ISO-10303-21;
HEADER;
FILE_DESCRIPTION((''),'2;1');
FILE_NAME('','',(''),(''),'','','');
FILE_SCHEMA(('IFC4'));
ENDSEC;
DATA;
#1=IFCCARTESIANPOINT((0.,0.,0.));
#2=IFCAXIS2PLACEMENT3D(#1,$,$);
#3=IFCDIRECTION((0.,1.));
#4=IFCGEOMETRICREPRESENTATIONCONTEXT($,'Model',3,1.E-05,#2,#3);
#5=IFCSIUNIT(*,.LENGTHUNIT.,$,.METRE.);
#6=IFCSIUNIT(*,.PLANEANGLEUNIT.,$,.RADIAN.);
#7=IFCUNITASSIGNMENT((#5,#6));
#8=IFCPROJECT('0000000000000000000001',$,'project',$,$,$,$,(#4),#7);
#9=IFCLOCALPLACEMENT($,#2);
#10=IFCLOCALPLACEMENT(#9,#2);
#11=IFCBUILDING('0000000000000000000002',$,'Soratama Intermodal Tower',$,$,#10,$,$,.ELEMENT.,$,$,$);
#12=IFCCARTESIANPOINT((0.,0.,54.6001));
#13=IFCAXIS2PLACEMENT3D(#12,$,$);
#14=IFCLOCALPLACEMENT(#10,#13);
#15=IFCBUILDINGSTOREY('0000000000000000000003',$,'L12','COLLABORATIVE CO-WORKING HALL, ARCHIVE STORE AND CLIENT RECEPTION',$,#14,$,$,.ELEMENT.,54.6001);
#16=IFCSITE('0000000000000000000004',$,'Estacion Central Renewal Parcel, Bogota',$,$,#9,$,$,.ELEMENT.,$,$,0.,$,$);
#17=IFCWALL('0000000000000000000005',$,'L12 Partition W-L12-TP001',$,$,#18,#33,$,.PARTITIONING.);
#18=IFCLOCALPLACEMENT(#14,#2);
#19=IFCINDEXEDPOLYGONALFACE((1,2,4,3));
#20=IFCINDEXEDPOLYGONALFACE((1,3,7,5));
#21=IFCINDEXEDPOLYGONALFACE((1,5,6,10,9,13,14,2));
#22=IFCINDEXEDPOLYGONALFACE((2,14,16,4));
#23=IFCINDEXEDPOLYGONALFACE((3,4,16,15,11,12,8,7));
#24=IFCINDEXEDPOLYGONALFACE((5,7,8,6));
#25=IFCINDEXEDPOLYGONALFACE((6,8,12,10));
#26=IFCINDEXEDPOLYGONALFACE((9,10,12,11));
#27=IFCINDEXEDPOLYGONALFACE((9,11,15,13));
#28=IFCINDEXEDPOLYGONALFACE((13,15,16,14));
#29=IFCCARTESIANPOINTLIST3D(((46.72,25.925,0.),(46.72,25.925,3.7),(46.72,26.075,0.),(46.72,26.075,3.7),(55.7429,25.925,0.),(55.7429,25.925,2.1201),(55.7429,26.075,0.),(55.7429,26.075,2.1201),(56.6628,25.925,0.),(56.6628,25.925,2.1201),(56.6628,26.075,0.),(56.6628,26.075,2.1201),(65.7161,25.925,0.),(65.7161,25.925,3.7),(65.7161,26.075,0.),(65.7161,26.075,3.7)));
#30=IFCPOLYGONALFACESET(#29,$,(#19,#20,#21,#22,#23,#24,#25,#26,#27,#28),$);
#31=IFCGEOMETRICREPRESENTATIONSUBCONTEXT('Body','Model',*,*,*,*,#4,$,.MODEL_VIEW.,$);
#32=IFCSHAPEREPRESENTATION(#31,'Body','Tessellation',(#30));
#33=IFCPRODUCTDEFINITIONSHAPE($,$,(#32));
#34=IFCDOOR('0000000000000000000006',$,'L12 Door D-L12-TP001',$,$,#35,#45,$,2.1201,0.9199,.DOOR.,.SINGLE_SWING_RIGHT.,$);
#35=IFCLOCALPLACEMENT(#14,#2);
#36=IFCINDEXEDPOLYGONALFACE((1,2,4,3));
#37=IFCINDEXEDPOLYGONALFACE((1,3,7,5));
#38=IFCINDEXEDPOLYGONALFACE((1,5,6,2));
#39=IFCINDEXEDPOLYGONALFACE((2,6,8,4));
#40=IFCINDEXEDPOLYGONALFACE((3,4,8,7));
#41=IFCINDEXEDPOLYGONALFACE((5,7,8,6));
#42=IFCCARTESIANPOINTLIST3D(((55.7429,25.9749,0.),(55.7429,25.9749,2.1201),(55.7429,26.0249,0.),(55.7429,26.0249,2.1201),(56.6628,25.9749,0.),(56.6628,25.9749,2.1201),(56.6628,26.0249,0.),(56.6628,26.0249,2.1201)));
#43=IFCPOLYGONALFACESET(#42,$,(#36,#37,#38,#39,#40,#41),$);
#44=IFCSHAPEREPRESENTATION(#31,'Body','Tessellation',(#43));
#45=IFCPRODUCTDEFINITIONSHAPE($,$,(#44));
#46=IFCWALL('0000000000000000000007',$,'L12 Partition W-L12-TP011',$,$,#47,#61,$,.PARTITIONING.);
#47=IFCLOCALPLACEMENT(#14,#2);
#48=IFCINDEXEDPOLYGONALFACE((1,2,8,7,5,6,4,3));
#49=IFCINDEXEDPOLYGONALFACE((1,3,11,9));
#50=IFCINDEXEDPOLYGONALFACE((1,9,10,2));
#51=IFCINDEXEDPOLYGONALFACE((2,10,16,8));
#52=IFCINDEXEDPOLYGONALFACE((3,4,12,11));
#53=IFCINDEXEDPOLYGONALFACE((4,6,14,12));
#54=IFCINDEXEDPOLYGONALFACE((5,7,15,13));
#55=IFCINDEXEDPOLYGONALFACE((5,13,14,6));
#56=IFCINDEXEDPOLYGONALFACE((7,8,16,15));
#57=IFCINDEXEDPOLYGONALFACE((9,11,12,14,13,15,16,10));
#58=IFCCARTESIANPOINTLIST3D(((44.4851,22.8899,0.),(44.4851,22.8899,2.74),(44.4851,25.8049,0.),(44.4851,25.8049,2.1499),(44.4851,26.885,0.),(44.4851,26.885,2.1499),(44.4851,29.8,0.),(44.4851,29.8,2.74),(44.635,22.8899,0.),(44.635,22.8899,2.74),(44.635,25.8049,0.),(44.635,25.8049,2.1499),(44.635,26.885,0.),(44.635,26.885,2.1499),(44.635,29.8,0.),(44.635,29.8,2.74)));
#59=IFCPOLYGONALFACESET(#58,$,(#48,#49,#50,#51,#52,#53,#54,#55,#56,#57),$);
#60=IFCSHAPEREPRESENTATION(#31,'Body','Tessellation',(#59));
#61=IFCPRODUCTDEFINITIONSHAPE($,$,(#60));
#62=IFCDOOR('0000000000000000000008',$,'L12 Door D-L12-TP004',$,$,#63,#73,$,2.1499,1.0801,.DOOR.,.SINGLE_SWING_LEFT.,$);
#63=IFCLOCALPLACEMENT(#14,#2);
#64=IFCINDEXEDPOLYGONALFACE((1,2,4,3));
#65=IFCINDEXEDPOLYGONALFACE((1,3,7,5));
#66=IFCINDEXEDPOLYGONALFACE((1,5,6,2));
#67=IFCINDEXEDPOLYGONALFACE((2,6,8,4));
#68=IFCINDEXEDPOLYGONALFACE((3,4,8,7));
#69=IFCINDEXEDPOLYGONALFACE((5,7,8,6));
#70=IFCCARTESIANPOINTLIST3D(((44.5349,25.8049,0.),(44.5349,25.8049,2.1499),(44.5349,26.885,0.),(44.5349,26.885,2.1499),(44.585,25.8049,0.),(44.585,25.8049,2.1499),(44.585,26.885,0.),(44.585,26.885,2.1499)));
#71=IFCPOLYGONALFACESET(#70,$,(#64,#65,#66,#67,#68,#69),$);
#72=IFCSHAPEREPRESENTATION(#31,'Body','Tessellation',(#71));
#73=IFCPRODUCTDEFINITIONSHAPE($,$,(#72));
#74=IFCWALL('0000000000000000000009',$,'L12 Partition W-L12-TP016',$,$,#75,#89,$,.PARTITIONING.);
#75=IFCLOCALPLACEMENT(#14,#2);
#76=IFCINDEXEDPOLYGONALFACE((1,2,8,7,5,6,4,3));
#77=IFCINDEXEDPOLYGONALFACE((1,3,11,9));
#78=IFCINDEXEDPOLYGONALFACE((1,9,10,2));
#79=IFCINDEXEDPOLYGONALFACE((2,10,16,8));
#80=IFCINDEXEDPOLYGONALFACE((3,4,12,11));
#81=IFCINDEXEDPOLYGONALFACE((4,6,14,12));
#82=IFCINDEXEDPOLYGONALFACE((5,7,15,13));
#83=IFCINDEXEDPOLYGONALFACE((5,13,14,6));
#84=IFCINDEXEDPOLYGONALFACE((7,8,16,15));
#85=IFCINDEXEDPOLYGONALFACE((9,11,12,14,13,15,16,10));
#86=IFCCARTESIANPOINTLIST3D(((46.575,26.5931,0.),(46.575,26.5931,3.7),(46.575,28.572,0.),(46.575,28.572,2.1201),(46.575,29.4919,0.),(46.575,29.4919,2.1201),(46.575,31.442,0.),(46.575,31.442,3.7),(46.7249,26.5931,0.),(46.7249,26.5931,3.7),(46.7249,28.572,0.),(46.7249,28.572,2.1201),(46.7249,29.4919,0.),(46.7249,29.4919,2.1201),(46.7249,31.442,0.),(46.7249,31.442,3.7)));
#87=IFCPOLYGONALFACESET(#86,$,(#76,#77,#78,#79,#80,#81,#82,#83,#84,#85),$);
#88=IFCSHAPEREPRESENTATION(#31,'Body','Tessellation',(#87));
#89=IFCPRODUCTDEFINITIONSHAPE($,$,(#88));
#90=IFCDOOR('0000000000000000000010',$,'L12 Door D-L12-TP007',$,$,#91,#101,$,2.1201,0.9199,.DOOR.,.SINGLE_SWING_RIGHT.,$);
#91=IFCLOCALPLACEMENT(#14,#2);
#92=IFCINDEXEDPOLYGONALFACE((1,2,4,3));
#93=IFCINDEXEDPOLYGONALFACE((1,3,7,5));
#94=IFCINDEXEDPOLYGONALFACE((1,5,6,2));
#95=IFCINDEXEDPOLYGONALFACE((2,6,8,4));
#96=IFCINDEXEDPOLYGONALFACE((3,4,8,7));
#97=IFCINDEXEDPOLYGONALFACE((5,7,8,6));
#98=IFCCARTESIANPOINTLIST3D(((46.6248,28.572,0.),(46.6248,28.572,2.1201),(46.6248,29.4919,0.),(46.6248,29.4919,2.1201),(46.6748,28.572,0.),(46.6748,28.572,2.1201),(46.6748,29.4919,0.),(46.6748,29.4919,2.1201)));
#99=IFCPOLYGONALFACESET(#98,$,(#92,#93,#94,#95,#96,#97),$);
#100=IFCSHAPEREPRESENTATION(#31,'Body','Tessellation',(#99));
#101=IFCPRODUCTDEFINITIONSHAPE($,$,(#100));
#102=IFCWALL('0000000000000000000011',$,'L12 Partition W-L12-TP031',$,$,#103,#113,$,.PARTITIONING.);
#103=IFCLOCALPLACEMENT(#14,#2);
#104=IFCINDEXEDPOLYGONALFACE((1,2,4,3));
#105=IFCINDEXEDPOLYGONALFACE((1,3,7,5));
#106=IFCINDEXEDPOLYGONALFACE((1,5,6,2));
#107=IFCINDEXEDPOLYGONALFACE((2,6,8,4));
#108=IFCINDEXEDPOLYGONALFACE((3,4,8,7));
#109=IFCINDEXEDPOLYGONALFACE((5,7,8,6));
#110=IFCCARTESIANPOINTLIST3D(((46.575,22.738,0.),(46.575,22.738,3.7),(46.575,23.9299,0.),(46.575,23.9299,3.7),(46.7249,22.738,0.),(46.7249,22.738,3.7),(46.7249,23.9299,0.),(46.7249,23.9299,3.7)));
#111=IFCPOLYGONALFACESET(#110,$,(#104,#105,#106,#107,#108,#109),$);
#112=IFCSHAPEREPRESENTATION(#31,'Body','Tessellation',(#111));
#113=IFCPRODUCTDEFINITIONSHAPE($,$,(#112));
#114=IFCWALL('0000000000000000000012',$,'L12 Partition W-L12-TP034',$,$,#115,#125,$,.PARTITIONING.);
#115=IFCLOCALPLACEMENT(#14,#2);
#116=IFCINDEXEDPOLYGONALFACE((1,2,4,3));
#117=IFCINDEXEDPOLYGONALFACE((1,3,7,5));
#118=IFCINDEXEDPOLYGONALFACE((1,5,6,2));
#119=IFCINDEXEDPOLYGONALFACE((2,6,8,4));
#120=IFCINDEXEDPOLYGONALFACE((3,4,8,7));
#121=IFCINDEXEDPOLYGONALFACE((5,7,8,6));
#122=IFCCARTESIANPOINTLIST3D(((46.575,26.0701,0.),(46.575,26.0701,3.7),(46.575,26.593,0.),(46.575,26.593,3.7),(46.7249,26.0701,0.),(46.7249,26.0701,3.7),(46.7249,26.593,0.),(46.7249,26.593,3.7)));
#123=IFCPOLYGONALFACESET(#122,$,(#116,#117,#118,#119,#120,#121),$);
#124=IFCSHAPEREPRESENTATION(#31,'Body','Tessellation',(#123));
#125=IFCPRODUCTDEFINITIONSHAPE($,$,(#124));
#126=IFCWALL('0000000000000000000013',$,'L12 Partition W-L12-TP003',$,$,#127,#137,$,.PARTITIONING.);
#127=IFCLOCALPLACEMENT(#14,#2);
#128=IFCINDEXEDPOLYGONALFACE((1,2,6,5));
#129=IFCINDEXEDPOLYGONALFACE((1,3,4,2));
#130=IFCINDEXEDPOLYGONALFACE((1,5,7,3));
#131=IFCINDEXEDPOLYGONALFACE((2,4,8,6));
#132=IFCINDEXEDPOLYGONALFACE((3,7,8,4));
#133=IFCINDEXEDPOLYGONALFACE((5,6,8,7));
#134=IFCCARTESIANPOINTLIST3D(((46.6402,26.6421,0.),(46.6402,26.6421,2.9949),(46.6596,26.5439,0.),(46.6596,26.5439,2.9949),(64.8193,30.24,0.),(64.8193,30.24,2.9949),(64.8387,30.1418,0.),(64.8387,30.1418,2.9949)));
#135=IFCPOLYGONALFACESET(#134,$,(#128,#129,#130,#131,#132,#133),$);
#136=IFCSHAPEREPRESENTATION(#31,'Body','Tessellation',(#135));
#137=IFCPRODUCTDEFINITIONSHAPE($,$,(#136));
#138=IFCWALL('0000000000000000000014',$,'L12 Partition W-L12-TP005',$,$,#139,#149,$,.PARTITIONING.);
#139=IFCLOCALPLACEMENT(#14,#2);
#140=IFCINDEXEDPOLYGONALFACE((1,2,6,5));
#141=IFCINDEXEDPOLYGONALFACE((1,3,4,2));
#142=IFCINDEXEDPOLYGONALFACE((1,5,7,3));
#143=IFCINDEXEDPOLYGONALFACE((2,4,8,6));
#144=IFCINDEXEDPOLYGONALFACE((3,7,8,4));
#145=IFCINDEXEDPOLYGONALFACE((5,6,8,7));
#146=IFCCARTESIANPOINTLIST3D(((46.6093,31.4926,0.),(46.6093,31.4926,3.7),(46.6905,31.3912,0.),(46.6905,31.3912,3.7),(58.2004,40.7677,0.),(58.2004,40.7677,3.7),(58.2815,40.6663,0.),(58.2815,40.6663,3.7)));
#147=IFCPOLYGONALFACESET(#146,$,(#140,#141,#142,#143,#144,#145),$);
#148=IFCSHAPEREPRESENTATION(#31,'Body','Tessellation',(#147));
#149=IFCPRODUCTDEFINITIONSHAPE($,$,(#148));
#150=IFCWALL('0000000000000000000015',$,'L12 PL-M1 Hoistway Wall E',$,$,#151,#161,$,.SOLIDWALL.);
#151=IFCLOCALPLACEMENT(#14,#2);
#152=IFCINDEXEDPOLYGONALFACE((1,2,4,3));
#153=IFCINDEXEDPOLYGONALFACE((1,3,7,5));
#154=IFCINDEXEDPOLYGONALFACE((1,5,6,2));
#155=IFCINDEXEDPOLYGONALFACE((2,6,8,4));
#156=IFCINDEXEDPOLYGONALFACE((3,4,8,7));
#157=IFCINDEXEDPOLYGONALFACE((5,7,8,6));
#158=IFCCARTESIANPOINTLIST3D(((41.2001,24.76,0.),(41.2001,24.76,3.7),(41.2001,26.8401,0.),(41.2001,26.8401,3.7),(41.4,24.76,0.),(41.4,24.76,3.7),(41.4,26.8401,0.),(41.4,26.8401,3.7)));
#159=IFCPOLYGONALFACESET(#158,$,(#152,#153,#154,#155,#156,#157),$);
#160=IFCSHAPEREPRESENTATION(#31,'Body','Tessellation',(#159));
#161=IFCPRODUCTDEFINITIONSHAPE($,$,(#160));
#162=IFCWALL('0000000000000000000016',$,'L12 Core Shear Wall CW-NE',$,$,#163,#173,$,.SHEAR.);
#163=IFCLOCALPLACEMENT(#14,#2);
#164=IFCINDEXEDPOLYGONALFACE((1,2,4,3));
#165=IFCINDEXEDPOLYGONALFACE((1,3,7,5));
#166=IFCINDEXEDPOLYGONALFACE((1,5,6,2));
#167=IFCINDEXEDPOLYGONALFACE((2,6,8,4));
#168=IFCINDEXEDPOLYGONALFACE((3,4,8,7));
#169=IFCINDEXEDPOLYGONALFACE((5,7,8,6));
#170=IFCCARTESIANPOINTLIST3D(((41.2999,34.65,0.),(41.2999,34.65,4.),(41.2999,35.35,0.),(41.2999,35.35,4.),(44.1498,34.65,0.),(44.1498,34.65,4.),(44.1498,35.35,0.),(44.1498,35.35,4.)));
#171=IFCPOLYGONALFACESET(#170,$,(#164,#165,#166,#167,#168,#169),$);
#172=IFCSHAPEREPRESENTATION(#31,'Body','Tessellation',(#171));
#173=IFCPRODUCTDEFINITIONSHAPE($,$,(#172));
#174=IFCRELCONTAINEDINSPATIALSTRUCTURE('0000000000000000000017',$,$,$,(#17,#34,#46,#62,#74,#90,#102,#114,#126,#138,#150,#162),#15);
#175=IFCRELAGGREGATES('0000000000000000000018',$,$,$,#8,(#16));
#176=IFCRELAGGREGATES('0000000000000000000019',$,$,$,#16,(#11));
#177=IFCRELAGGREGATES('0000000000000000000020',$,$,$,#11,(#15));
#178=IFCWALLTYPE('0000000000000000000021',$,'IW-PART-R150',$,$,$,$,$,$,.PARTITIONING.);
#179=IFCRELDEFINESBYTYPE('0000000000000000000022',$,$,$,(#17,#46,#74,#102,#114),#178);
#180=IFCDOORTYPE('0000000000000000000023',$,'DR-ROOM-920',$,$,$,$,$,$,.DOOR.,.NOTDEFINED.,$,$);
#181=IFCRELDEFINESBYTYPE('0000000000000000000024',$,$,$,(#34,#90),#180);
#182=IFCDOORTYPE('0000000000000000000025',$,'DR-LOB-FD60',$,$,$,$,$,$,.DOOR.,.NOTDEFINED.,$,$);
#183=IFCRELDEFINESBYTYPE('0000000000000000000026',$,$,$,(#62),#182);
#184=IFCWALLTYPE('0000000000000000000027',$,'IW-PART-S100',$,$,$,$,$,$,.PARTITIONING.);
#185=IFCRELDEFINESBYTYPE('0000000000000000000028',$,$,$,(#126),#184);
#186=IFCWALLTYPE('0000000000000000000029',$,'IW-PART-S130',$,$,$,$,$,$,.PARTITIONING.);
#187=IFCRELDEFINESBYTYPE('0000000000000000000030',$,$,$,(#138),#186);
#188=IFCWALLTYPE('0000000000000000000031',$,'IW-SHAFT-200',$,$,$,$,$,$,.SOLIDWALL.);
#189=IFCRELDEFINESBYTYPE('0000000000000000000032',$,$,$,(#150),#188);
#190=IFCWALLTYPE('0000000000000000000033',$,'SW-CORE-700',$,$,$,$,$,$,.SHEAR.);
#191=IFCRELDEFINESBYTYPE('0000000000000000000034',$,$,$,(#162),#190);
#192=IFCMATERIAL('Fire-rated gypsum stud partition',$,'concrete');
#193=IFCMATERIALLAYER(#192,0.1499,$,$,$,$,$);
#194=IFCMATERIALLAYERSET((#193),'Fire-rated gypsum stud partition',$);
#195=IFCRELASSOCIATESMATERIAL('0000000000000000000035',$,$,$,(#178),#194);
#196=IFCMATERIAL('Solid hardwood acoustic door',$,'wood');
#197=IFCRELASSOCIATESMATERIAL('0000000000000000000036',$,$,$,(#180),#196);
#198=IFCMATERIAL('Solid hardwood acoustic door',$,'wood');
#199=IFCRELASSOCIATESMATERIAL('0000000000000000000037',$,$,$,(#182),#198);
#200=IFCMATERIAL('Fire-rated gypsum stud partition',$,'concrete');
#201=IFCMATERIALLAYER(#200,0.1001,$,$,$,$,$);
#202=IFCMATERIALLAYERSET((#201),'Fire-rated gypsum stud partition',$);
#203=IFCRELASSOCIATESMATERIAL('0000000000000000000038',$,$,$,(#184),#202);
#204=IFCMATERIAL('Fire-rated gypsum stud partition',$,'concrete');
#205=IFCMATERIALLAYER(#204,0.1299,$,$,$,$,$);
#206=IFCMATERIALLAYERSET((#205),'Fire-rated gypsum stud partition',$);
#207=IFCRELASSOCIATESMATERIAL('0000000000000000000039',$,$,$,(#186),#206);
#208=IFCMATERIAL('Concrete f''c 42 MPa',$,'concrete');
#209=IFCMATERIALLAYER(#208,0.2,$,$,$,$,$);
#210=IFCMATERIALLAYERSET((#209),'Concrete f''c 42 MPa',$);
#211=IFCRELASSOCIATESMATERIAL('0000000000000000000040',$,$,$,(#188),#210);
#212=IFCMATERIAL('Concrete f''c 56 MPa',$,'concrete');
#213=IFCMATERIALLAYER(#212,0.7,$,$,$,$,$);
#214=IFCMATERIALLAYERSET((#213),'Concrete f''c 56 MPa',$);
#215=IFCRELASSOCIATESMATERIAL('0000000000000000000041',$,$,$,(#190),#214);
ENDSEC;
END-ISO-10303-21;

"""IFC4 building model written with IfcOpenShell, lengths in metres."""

from ifc_helpers import new_model, si_unit, direction, frame, frame_2d, origin, place, context, subcontext, project, spatial, rectangle, extrude, material, layer, layer_set, type_object, element, fill, save


model = new_model("IFC4")

# Units and contexts
model_context = context("Model", 3, precision=1e-05, world=origin(), true_north=direction((0.0, 1.0)))
body_context = subcontext(model_context, "Body", "Model", "MODEL_VIEW")
ifc_project = project(units=[si_unit("LENGTHUNIT", "METRE"), si_unit("PLANEANGLEUNIT", "RADIAN")], contexts=[model_context])

# Site, building, storey
site_placement = place(None, origin())
site = spatial("IfcSite", under=ifc_project, at=site_placement, Name="Estacion Central Renewal Parcel, Bogota", CompositionType="ELEMENT", RefElevation=0.0)
building_placement = place(site_placement, origin())
building = spatial("IfcBuilding", under=site, at=building_placement, Name="Soratama Intermodal Tower", CompositionType="ELEMENT")
storey_placement = place(building_placement, frame((0.0, 0.0, 54.6001)))
storey = spatial("IfcBuildingStorey", under=building, at=storey_placement, Name="L12", Description="COLLABORATIVE CO-WORKING HALL, ARCHIVE STORE AND CLIENT RECEPTION", CompositionType="ELEMENT", Elevation=54.6001)

# Walls, openings, doors
ifc_material_1 = material(Name="Fire-rated gypsum stud partition", Category="concrete")
ifc_layer_1 = layer(ifc_material_1, 0.1499)
ifc_layer_set_1 = layer_set([ifc_layer_1], Name="Fire-rated gypsum stud partition")
wall_type_1 = type_object("IfcWallType", Name="IW-PART-R150", PredefinedType="PARTITIONING", material=ifc_layer_set_1)
wall_1_placement = place(storey_placement, frame((46.72, 26.0, 0.0), z_axis=(0.0, 0.0, 1.0), x_axis=(1.0, 0.0, 0.0)))
wall_1 = element("IfcWall", 1, at=wall_1_placement, inside=storey, type_object=wall_type_1, Name="L12 Partition W-L12-TP001", PredefinedType="PARTITIONING", context=body_context, shape_type="SweptSolid", body=[
    extrude(rectangle(XDim=18.9961, YDim=0.1499, at=frame_2d((9.498, 0.0))), origin(), (0.0, 0.0, 1.0), 3.7),
])
opening_1_placement = place(wall_1_placement, frame((9.0229, 0.0, 0.0)))
opening_1 = element("IfcOpeningElement", 2, at=opening_1_placement, cuts=wall_1, PredefinedType="OPENING", context=body_context, shape_type="SweptSolid", body=[
    extrude(rectangle(XDim=0.9199, YDim=2.1201, at=frame_2d((0.46, 1.0601))), frame((0.0, 0.085, 0.0), z_axis=(0.0, -1.0, 0.0), x_axis=(1.0, 0.0, 0.0)), (0.0, 0.0, 1.0), 0.1699),
])
ifc_material_2 = material(Name="Solid hardwood acoustic door", Category="wood")
door_type_1 = type_object("IfcDoorType", Name="DR-ROOM-920", OperationType="NOTDEFINED", PredefinedType="DOOR", material=ifc_material_2)
door_1_placement = place(opening_1_placement, origin())
door_1 = element("IfcDoor", 3, at=door_1_placement, inside=storey, type_object=door_type_1, Name="L12 Door D-L12-TP001", OperationType="SINGLE_SWING_RIGHT", OverallHeight=2.1201, OverallWidth=0.9199, PredefinedType="DOOR", context=body_context, shape_type="SweptSolid", body=[
    extrude(rectangle(XDim=0.9199, YDim=2.1201, at=frame_2d((0.46, 1.0601))), frame((0.0, 0.0249, 0.0), z_axis=(0.0, -1.0, 0.0), x_axis=(1.0, 0.0, 0.0)), (0.0, 0.0, 1.0), 0.05),
])
fill(opening_1, door_1)
wall_2_placement = place(storey_placement, frame((44.5601, 29.8, 0.0), z_axis=(0.0, 0.0, 1.0), x_axis=(0.0, -1.0, 0.0)))
wall_2 = element("IfcWall", 4, at=wall_2_placement, inside=storey, type_object=wall_type_1, Name="L12 Partition W-L12-TP011", PredefinedType="PARTITIONING", context=body_context, shape_type="SweptSolid", body=[
    extrude(rectangle(XDim=6.9102, YDim=0.1499, at=frame_2d((3.4551, 0.0))), origin(), (0.0, 0.0, 1.0), 2.74),
])
opening_2_placement = place(wall_2_placement, frame((2.915, 0.0, 0.0)))
opening_2 = element("IfcOpeningElement", 5, at=opening_2_placement, cuts=wall_2, PredefinedType="OPENING", context=body_context, shape_type="SweptSolid", body=[
    extrude(rectangle(XDim=1.0801, YDim=2.1499, at=frame_2d((0.54, 1.075))), frame((0.0, 0.085, 0.0), z_axis=(0.0, -1.0, 0.0), x_axis=(1.0, 0.0, 0.0)), (0.0, 0.0, 1.0), 0.1699),
])
ifc_material_3 = material(Name="Solid hardwood acoustic door", Category="wood")
door_type_2 = type_object("IfcDoorType", Name="DR-LOB-FD60", OperationType="NOTDEFINED", PredefinedType="DOOR", material=ifc_material_3)
door_2_placement = place(opening_2_placement, origin())
door_2 = element("IfcDoor", 6, at=door_2_placement, inside=storey, type_object=door_type_2, Name="L12 Door D-L12-TP004", OperationType="SINGLE_SWING_LEFT", OverallHeight=2.1499, OverallWidth=1.0801, PredefinedType="DOOR", context=body_context, shape_type="SweptSolid", body=[
    extrude(rectangle(XDim=1.0801, YDim=2.1499, at=frame_2d((0.54, 1.075))), frame((0.0, 0.0249, 0.0), z_axis=(0.0, -1.0, 0.0), x_axis=(1.0, 0.0, 0.0)), (0.0, 0.0, 1.0), 0.05),
])
fill(opening_2, door_2)
wall_3_placement = place(storey_placement, frame((46.6499, 31.4419, 0.0), z_axis=(0.0, 0.0, 1.0), x_axis=(0.0, -1.0, 0.0)))
wall_3 = element("IfcWall", 7, at=wall_3_placement, inside=storey, type_object=wall_type_1, Name="L12 Partition W-L12-TP016", PredefinedType="PARTITIONING", context=body_context, shape_type="SweptSolid", body=[
    extrude(rectangle(XDim=4.8489, YDim=0.1499, at=frame_2d((2.4243, 0.0))), origin(), (0.0, 0.0, 1.0), 3.7),
])
opening_3_placement = place(wall_3_placement, frame((1.95, 0.0, 0.0)))
opening_3 = element("IfcOpeningElement", 8, at=opening_3_placement, cuts=wall_3, PredefinedType="OPENING", context=body_context, shape_type="SweptSolid", body=[
    extrude(rectangle(XDim=0.9199, YDim=2.1201, at=frame_2d((0.46, 1.0601))), frame((0.0, 0.085, 0.0), z_axis=(0.0, -1.0, 0.0), x_axis=(1.0, 0.0, 0.0)), (0.0, 0.0, 1.0), 0.1699),
])
door_3_placement = place(opening_3_placement, origin())
door_3 = element("IfcDoor", 9, at=door_3_placement, inside=storey, type_object=door_type_1, Name="L12 Door D-L12-TP007", OperationType="SINGLE_SWING_RIGHT", OverallHeight=2.1201, OverallWidth=0.9199, PredefinedType="DOOR", context=body_context, shape_type="SweptSolid", body=[
    extrude(rectangle(XDim=0.9199, YDim=2.1201, at=frame_2d((0.46, 1.0601))), frame((0.0, 0.0249, 0.0), z_axis=(0.0, -1.0, 0.0), x_axis=(1.0, 0.0, 0.0)), (0.0, 0.0, 1.0), 0.05),
])
fill(opening_3, door_3)

# Walls
wall_4_placement = place(storey_placement, frame((46.6499, 23.9299, 0.0), z_axis=(0.0, 0.0, 1.0), x_axis=(0.0, -1.0, 0.0)))
element("IfcWall", 10, at=wall_4_placement, inside=storey, type_object=wall_type_1, Name="L12 Partition W-L12-TP031", PredefinedType="PARTITIONING", context=body_context, shape_type="SweptSolid", body=[
    extrude(rectangle(XDim=1.1919, YDim=0.1499, at=frame_2d((0.5959, 0.0))), origin(), (0.0, 0.0, 1.0), 3.7),
])
wall_5_placement = place(storey_placement, frame((46.6499, 26.593, 0.0), z_axis=(0.0, 0.0, 1.0), x_axis=(0.0, -1.0, 0.0)))
element("IfcWall", 11, at=wall_5_placement, inside=storey, type_object=wall_type_1, Name="L12 Partition W-L12-TP034", PredefinedType="PARTITIONING", context=body_context, shape_type="SweptSolid", body=[
    extrude(rectangle(XDim=0.5229, YDim=0.1499, at=frame_2d((0.2615, 0.0))), origin(), (0.0, 0.0, 1.0), 3.7),
])
ifc_material_4 = material(Name="Fire-rated gypsum stud partition", Category="concrete")
ifc_layer_2 = layer(ifc_material_4, 0.1001)
ifc_layer_set_2 = layer_set([ifc_layer_2], Name="Fire-rated gypsum stud partition")
wall_type_2 = type_object("IfcWallType", Name="IW-PART-S100", PredefinedType="PARTITIONING", material=ifc_layer_set_2)
wall_6_placement = place(storey_placement, frame((46.6499, 26.593, 0.0), z_axis=(0.0, 0.0, 1.0), x_axis=(0.980972, 0.194147, 0.0)))
element("IfcWall", 12, at=wall_6_placement, inside=storey, type_object=wall_type_2, Name="L12 Partition W-L12-TP003", PredefinedType="PARTITIONING", context=body_context, shape_type="SweptSolid", body=[
    extrude(rectangle(XDim=18.5317, YDim=0.1001, at=frame_2d((9.2659, 0.0))), origin(), (0.0, 0.0, 1.0), 2.9949),
])
ifc_material_5 = material(Name="Fire-rated gypsum stud partition", Category="concrete")
ifc_layer_3 = layer(ifc_material_5, 0.1299)
ifc_layer_set_3 = layer_set([ifc_layer_3], Name="Fire-rated gypsum stud partition")
wall_type_3 = type_object("IfcWallType", Name="IW-PART-S130", PredefinedType="PARTITIONING", material=ifc_layer_set_3)
wall_7_placement = place(storey_placement, frame((46.6499, 31.4419, 0.0), z_axis=(0.0, 0.0, 1.0), x_axis=(0.780793, 0.624789, 0.0)))
element("IfcWall", 13, at=wall_7_placement, inside=storey, type_object=wall_type_3, Name="L12 Partition W-L12-TP005", PredefinedType="PARTITIONING", context=body_context, shape_type="SweptSolid", body=[
    extrude(rectangle(XDim=14.8452, YDim=0.1299, at=frame_2d((7.4226, 0.0))), origin(), (0.0, 0.0, 1.0), 3.7),
])
ifc_material_6 = material(Name="Concrete f'c 42 MPa", Category="concrete")
ifc_layer_4 = layer(ifc_material_6, 0.2)
ifc_layer_set_4 = layer_set([ifc_layer_4], Name="Concrete f'c 42 MPa")
wall_type_4 = type_object("IfcWallType", Name="IW-SHAFT-200", PredefinedType="SOLIDWALL", material=ifc_layer_set_4)
wall_8_placement = place(storey_placement, frame((41.3, 24.76, 0.0), z_axis=(0.0, 0.0, 1.0), x_axis=(0.0, 1.0, 0.0)))
element("IfcWall", 14, at=wall_8_placement, inside=storey, type_object=wall_type_4, Name="L12 PL-M1 Hoistway Wall E", PredefinedType="SOLIDWALL", context=body_context, shape_type="SweptSolid", body=[
    extrude(rectangle(XDim=2.0801, YDim=0.2, at=frame_2d((1.04, 0.0))), origin(), (0.0, 0.0, 1.0), 3.7),
])
ifc_material_7 = material(Name="Concrete f'c 56 MPa", Category="concrete")
ifc_layer_5 = layer(ifc_material_7, 0.7)
ifc_layer_set_5 = layer_set([ifc_layer_5], Name="Concrete f'c 56 MPa")
wall_type_5 = type_object("IfcWallType", Name="SW-CORE-700", PredefinedType="SHEAR", material=ifc_layer_set_5)
wall_9_placement = place(storey_placement, frame((41.3, 35.0, 0.0), z_axis=(0.0, 0.0, 1.0), x_axis=(1.0, 0.0, 0.0)))
element("IfcWall", 15, at=wall_9_placement, inside=storey, type_object=wall_type_5, Name="L12 Core Shear Wall CW-NE", PredefinedType="SHEAR", context=body_context, shape_type="SweptSolid", body=[
    extrude(rectangle(XDim=2.8499, YDim=0.7, at=frame_2d((1.4248, 0.0))), origin(), (0.0, 0.0, 1.0), 4.0),
])

save(model, "model.ifc")
